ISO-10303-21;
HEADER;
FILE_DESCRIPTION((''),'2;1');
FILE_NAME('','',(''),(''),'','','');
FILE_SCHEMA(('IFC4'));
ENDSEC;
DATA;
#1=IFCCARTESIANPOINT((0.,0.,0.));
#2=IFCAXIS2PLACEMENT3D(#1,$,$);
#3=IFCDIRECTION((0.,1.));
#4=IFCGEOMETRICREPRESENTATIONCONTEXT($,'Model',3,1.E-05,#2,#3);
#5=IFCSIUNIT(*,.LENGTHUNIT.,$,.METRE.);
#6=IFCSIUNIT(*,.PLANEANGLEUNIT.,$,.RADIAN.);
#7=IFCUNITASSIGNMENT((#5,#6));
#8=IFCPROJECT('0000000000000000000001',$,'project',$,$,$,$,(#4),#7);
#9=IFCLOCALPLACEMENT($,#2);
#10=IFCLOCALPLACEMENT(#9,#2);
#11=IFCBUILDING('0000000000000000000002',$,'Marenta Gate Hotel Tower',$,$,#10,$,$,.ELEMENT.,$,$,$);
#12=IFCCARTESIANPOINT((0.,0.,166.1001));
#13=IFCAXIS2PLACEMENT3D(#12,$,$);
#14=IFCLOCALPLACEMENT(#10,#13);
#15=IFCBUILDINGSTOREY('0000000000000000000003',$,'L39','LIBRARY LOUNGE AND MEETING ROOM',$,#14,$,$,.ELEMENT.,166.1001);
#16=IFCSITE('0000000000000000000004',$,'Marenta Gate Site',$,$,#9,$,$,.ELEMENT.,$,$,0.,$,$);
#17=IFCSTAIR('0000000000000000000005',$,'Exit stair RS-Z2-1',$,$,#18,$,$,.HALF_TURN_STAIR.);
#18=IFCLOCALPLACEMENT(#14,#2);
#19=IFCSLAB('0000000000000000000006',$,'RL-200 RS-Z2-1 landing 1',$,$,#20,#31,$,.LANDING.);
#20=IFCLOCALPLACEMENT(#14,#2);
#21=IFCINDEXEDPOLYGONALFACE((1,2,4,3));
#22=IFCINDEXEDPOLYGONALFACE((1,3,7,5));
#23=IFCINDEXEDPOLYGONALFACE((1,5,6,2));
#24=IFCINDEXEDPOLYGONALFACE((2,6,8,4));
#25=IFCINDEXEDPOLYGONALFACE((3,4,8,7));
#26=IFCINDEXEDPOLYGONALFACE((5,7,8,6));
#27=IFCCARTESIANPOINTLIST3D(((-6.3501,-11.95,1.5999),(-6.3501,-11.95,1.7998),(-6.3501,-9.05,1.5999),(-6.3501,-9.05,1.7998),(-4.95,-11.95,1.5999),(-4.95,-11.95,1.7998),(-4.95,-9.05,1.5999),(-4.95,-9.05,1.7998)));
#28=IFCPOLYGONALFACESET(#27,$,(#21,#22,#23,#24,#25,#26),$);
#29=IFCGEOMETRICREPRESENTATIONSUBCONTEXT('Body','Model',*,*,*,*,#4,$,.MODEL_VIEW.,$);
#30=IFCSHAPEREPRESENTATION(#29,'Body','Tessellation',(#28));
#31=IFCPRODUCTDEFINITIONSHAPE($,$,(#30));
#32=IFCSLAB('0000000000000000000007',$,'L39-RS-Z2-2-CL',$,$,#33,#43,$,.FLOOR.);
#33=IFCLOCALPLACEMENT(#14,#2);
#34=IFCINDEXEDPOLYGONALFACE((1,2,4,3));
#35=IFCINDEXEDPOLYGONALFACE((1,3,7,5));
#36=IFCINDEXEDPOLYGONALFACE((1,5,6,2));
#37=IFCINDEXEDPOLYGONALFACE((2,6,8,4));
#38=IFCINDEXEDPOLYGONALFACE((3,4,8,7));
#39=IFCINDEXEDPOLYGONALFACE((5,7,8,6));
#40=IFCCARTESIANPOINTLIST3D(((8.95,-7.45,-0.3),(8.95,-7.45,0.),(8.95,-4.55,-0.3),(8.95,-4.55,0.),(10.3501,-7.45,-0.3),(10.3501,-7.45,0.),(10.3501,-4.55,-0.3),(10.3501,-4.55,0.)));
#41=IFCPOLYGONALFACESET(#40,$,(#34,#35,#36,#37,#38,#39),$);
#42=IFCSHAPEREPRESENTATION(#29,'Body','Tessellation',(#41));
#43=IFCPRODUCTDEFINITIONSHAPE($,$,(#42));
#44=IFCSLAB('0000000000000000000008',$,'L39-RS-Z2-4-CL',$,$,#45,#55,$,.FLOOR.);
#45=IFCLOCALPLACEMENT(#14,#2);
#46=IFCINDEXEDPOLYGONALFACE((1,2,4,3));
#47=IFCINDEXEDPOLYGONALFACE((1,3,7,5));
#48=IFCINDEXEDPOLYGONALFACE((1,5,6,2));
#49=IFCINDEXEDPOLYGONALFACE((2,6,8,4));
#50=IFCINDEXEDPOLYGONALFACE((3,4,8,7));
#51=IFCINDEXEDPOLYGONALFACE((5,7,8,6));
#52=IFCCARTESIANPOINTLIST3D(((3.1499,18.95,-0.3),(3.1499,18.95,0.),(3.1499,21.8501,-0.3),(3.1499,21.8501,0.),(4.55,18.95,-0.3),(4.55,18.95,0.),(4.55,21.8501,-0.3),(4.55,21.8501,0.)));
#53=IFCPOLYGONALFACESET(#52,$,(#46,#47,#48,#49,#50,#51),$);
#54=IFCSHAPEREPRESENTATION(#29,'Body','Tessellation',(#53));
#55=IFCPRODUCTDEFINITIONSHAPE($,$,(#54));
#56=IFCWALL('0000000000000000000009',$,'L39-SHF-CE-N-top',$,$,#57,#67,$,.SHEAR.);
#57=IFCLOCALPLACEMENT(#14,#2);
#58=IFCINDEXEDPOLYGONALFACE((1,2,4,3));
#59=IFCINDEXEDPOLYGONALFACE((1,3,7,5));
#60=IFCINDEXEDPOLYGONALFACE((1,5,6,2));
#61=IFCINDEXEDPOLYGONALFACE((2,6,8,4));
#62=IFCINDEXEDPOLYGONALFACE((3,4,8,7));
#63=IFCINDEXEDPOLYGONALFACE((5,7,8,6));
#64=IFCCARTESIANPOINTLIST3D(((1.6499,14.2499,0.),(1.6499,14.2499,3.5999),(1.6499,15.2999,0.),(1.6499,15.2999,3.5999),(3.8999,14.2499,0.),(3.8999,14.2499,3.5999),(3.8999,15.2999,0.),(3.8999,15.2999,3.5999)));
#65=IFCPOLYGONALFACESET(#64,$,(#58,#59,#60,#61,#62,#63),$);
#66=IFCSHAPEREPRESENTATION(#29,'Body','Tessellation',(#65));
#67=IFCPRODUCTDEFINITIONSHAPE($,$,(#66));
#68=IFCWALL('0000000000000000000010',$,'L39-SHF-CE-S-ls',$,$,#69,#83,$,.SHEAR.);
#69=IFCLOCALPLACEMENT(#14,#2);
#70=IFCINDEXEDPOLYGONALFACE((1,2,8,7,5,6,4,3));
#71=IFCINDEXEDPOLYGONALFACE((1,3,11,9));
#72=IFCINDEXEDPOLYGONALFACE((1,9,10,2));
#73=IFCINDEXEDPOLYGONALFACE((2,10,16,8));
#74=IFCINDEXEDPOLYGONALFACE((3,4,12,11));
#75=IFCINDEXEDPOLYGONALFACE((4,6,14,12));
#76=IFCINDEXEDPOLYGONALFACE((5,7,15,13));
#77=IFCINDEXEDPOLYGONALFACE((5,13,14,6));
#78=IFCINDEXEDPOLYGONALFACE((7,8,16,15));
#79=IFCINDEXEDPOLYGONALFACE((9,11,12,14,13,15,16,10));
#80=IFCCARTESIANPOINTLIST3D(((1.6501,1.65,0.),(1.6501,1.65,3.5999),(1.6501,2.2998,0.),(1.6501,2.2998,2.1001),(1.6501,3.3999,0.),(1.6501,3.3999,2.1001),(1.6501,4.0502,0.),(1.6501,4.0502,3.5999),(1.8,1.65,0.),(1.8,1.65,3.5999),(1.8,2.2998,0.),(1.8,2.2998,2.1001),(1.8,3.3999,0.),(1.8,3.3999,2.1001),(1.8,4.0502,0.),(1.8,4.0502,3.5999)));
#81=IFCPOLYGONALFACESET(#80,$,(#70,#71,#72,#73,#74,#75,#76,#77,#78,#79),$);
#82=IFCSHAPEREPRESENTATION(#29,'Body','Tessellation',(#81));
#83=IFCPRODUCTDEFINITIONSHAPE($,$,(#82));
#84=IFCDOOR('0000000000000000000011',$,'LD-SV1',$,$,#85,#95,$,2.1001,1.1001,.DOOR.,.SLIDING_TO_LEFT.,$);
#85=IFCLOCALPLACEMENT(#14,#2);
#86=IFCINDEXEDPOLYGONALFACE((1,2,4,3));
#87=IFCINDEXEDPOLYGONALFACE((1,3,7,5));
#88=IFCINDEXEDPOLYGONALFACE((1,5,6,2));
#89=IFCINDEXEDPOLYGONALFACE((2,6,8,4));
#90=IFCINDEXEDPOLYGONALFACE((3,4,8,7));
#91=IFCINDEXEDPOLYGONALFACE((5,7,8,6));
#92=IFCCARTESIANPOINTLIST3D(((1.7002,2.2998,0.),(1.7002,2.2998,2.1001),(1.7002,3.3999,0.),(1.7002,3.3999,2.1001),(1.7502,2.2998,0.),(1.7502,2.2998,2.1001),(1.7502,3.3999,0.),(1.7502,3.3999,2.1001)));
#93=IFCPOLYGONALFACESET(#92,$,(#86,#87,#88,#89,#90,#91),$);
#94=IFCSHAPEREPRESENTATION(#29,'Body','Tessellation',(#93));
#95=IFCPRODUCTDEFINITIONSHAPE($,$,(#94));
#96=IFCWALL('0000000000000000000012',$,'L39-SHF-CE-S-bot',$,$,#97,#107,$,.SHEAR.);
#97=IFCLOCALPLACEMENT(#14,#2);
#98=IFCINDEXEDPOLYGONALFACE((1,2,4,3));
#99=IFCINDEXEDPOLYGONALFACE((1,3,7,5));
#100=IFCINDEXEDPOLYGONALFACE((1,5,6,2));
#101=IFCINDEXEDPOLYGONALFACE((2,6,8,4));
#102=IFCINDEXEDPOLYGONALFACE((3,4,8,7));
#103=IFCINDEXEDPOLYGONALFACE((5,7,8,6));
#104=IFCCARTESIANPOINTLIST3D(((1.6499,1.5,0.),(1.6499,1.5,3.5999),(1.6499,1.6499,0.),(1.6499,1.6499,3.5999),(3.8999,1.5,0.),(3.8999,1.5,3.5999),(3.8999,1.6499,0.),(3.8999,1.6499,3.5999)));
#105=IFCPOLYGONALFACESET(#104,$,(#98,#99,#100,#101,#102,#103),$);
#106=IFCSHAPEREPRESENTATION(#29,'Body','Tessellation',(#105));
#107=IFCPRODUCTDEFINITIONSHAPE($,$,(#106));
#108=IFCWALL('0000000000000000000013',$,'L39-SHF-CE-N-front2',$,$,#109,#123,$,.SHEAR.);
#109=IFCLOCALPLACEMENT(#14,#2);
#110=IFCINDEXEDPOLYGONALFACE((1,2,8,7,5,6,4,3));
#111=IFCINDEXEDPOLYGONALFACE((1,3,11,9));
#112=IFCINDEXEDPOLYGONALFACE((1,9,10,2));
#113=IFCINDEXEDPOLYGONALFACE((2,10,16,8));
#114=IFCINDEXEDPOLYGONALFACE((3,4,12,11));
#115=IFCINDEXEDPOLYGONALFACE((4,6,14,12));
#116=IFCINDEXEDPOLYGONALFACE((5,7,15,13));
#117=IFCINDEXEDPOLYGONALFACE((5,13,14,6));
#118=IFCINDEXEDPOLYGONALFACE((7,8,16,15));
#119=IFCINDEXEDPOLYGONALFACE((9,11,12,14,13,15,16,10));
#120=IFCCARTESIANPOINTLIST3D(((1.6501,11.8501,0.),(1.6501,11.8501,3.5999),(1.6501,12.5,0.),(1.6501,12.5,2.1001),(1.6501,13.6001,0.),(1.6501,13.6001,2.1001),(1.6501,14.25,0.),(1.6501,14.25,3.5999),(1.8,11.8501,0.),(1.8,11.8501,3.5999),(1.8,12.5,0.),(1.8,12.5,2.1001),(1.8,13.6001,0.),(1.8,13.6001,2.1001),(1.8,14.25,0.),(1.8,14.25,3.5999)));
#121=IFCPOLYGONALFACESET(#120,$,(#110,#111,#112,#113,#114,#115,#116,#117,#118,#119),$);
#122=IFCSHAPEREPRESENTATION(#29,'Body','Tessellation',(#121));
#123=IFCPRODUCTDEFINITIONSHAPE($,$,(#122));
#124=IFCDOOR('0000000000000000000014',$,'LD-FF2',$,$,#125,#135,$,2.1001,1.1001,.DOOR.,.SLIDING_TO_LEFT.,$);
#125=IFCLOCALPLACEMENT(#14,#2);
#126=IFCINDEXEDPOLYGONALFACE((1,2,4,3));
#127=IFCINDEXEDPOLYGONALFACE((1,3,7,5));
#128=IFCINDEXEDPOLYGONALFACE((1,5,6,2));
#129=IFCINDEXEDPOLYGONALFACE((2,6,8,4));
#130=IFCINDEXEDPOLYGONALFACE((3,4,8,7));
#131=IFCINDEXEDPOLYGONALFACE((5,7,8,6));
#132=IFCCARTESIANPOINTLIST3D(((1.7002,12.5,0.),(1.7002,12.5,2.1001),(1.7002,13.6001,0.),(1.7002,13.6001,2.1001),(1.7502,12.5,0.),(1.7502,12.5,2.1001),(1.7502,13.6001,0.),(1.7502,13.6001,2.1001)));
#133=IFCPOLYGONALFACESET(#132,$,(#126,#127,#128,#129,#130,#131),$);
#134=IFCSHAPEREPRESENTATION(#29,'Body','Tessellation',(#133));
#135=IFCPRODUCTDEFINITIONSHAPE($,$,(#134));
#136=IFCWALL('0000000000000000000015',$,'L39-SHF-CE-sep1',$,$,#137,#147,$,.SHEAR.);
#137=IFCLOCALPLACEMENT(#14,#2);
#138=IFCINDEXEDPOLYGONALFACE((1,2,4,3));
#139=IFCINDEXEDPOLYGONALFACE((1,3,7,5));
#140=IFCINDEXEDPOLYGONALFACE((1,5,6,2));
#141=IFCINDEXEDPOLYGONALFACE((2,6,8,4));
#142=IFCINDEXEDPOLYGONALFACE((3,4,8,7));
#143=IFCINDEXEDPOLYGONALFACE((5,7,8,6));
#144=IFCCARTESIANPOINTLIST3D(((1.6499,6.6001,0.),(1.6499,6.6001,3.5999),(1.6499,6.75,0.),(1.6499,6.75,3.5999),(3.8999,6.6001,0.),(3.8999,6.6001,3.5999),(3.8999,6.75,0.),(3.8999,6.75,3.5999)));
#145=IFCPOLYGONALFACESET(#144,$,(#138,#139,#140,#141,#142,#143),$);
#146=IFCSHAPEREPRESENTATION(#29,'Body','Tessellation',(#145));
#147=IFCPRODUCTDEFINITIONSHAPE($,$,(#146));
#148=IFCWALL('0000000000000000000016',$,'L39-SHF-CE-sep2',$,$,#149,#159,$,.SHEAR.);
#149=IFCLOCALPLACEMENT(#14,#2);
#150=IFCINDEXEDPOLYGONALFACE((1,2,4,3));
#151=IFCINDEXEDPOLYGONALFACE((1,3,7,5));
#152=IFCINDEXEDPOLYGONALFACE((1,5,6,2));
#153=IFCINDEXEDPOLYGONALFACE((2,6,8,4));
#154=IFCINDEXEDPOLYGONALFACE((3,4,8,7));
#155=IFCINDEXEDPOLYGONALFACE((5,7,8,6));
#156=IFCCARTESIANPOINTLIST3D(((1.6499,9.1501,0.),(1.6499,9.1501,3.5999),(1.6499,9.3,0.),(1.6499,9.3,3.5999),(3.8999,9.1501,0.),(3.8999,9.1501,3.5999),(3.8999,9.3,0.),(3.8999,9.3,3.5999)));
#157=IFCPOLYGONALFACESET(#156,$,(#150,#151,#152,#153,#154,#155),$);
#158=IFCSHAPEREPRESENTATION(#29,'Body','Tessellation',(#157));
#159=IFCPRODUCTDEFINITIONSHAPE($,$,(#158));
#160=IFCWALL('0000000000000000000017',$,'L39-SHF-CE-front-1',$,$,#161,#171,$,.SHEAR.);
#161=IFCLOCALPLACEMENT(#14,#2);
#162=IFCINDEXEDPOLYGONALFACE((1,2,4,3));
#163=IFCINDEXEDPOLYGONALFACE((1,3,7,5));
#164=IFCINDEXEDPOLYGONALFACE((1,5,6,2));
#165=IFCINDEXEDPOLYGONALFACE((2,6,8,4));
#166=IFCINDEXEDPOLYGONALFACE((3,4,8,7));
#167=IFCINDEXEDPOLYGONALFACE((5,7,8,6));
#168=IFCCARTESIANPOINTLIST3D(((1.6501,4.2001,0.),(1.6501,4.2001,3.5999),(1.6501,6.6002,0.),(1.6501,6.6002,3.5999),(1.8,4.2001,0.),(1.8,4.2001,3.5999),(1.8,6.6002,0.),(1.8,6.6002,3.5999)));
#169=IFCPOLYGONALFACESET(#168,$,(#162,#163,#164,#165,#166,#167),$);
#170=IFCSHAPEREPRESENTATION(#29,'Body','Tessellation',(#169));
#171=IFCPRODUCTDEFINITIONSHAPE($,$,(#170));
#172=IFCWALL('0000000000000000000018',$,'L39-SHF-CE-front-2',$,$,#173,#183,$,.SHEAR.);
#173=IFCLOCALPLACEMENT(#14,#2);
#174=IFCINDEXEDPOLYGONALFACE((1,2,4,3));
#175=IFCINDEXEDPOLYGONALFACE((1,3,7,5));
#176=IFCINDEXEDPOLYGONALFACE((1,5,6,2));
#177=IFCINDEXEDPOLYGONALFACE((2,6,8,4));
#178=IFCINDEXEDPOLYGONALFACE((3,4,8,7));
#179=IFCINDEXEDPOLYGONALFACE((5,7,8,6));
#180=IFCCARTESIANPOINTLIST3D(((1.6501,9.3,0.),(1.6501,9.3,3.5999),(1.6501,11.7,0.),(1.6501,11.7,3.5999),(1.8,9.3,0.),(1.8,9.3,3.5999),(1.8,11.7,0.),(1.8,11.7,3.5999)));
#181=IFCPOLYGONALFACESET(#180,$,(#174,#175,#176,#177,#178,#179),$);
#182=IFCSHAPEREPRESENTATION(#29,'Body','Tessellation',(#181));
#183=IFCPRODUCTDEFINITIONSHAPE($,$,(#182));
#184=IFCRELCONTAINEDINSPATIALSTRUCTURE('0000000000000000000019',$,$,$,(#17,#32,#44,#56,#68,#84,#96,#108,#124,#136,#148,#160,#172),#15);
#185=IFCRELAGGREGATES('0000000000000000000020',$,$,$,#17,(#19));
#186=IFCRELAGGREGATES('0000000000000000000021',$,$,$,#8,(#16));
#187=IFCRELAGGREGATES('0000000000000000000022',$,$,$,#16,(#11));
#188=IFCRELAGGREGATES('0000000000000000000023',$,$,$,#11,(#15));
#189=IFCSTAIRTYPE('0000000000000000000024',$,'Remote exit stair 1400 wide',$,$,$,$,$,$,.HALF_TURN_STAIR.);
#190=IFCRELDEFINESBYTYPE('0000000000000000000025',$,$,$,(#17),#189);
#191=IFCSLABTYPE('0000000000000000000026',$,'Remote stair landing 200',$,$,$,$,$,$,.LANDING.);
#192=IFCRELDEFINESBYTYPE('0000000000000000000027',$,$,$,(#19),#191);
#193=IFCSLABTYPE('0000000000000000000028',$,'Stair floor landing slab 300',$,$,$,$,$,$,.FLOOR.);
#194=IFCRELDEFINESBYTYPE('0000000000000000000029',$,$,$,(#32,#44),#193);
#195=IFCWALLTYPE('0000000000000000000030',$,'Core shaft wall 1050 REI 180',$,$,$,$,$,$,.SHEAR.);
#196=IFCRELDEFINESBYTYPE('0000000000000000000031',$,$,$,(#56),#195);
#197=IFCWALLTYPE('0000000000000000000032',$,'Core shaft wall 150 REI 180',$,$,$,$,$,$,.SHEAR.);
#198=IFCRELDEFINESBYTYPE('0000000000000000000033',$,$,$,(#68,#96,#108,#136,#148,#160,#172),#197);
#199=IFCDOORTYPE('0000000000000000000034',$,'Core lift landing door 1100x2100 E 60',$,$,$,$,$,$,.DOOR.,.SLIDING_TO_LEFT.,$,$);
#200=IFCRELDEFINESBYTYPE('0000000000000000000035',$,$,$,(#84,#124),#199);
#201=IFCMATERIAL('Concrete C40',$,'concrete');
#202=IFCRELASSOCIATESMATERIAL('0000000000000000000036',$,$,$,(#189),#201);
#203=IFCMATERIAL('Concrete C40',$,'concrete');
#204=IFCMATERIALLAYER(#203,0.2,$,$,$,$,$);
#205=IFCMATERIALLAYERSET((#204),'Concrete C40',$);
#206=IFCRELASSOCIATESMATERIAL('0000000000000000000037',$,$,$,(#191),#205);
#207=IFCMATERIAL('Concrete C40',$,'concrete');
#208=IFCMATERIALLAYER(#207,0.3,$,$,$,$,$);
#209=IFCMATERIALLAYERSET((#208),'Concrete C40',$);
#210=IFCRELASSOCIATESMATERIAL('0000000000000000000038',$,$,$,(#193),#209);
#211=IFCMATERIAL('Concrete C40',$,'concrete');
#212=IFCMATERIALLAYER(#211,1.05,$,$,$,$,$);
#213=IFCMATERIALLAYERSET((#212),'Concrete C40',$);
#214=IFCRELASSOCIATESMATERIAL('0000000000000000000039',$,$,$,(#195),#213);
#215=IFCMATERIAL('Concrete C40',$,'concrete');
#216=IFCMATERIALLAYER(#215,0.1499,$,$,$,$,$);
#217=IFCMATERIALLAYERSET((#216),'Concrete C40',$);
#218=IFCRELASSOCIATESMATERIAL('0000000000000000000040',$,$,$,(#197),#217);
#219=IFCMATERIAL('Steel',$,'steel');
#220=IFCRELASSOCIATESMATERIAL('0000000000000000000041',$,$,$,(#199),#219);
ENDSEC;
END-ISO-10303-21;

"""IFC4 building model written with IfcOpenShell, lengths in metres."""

from ifc_helpers import new_model, si_unit, direction, frame, frame_2d, origin, place, context, subcontext, project, spatial, polyline, rectangle, outline, extrude, material, layer, layer_set, type_object, element, fill, aggregate, save


model = new_model("IFC4")

# Units and contexts
model_context = context("Model", 3, precision=1e-05, world=origin(), true_north=direction((0.0, 1.0)))
body_context = subcontext(model_context, "Body", "Model", "MODEL_VIEW")
ifc_project = project(units=[si_unit("LENGTHUNIT", "METRE"), si_unit("PLANEANGLEUNIT", "RADIAN")], contexts=[model_context])

# Site, building, storey
site_placement = place(None, origin())
site = spatial("IfcSite", under=ifc_project, at=site_placement, Name="Marenta Gate Site", CompositionType="ELEMENT", RefElevation=0.0)
building_placement = place(site_placement, origin())
building = spatial("IfcBuilding", under=site, at=building_placement, Name="Marenta Gate Hotel Tower", CompositionType="ELEMENT")
storey_placement = place(building_placement, frame((0.0, 0.0, 166.1001)))
storey = spatial("IfcBuildingStorey", under=building, at=storey_placement, Name="L39", Description="LIBRARY LOUNGE AND MEETING ROOM", CompositionType="ELEMENT", Elevation=166.1001)

# Stair, slab
ifc_material_1 = material(Name="Concrete C40", Category="concrete")
stair_type_1 = type_object("IfcStairType", Name="Remote exit stair 1400 wide", PredefinedType="HALF_TURN_STAIR", material=ifc_material_1)
stair_1_placement = place(storey_placement, origin())
stair_1 = element("IfcStair", 1, at=stair_1_placement, inside=storey, type_object=stair_type_1, Name="Exit stair RS-Z2-1", PredefinedType="HALF_TURN_STAIR")
ifc_material_2 = material(Name="Concrete C40", Category="concrete")
ifc_layer_1 = layer(ifc_material_2, 0.2)
ifc_layer_set_1 = layer_set([ifc_layer_1], Name="Concrete C40")
slab_type_1 = type_object("IfcSlabType", Name="Remote stair landing 200", PredefinedType="LANDING", material=ifc_layer_set_1)
slab_1_placement = place(storey_placement, frame((0.0, 0.0, 1.5999)))
slab_1 = element("IfcSlab", 2, at=slab_1_placement, type_object=slab_type_1, Name="RL-200 RS-Z2-1 landing 1", PredefinedType="LANDING", context=body_context, shape_type="SweptSolid", body=[
    extrude(outline(polyline([(-6.3501, -11.95), (-4.95, -11.95), (-4.95, -9.05), (-6.3501, -9.05), (-6.3501, -11.95)])), origin(), (0.0, 0.0, 1.0), 0.2),
])
aggregate(stair_1, [slab_1])

# Slabs
ifc_material_3 = material(Name="Concrete C40", Category="concrete")
ifc_layer_2 = layer(ifc_material_3, 0.3)
ifc_layer_set_2 = layer_set([ifc_layer_2], Name="Concrete C40")
slab_type_2 = type_object("IfcSlabType", Name="Stair floor landing slab 300", PredefinedType="FLOOR", material=ifc_layer_set_2)
slab_2_placement = place(storey_placement, frame((0.0, 0.0, -0.3)))
element("IfcSlab", 3, at=slab_2_placement, inside=storey, type_object=slab_type_2, Name="L39-RS-Z2-2-CL", PredefinedType="FLOOR", context=body_context, shape_type="SweptSolid", body=[
    extrude(outline(polyline([(10.3501, -7.45), (10.3501, -4.55), (8.95, -4.55), (8.95, -7.45), (10.3501, -7.45)])), origin(), (0.0, 0.0, 1.0), 0.3),
])
slab_3_placement = place(storey_placement, frame((0.0, 0.0, -0.3)))
element("IfcSlab", 4, at=slab_3_placement, inside=storey, type_object=slab_type_2, Name="L39-RS-Z2-4-CL", PredefinedType="FLOOR", context=body_context, shape_type="SweptSolid", body=[
    extrude(outline(polyline([(4.55, 18.95), (4.55, 21.8501), (3.1499, 21.8501), (3.1499, 18.95), (4.55, 18.95)])), origin(), (0.0, 0.0, 1.0), 0.3),
])

# Wall
ifc_material_4 = material(Name="Concrete C40", Category="concrete")
ifc_layer_3 = layer(ifc_material_4, 1.05)
ifc_layer_set_3 = layer_set([ifc_layer_3], Name="Concrete C40")
wall_type_1 = type_object("IfcWallType", Name="Core shaft wall 1050 REI 180", PredefinedType="SHEAR", material=ifc_layer_set_3)
wall_1_placement = place(storey_placement, frame((1.6499, 14.7749, 0.0), z_axis=(0.0, 0.0, 1.0), x_axis=(1.0, 0.0, 0.0)))
element("IfcWall", 5, at=wall_1_placement, inside=storey, type_object=wall_type_1, Name="L39-SHF-CE-N-top", PredefinedType="SHEAR", context=body_context, shape_type="SweptSolid", body=[
    extrude(rectangle(XDim=2.25, YDim=1.05, at=frame_2d((1.125, 0.0))), origin(), (0.0, 0.0, 1.0), 3.5999),
])

# Wall, opening, door
ifc_material_5 = material(Name="Concrete C40", Category="concrete")
ifc_layer_4 = layer(ifc_material_5, 0.1499)
ifc_layer_set_4 = layer_set([ifc_layer_4], Name="Concrete C40")
wall_type_2 = type_object("IfcWallType", Name="Core shaft wall 150 REI 180", PredefinedType="SHEAR", material=ifc_layer_set_4)
wall_2_placement = place(storey_placement, frame((1.7251, 1.6499, 0.0), z_axis=(0.0, 0.0, 1.0), x_axis=(0.0, 1.0, 0.0)))
wall_2 = element("IfcWall", 6, at=wall_2_placement, inside=storey, type_object=wall_type_2, Name="L39-SHF-CE-S-ls", PredefinedType="SHEAR", context=body_context, shape_type="SweptSolid", body=[
    extrude(rectangle(XDim=2.4001, YDim=0.1499, at=frame_2d((1.2002, 0.0))), origin(), (0.0, 0.0, 1.0), 3.5999),
])
opening_1_placement = place(wall_2_placement, frame((0.6499, 0.0, 0.0)))
opening_1 = element("IfcOpeningElement", 7, at=opening_1_placement, cuts=wall_2, PredefinedType="OPENING", context=body_context, shape_type="SweptSolid", body=[
    extrude(rectangle(XDim=1.1001, YDim=2.1001, at=frame_2d((0.55, 1.05))), frame((0.0, 0.075, 0.0), z_axis=(0.0, -1.0, 0.0), x_axis=(1.0, 0.0, 0.0)), (0.0, 0.0, 1.0), 0.1499),
])
ifc_material_6 = material(Name="Steel", Category="steel")
door_type_1 = type_object("IfcDoorType", Name="Core lift landing door 1100x2100 E 60", OperationType="SLIDING_TO_LEFT", PredefinedType="DOOR", material=ifc_material_6)
door_1_placement = place(opening_1_placement, origin())
door_1 = element("IfcDoor", 8, at=door_1_placement, inside=storey, type_object=door_type_1, Name="LD-SV1", OperationType="SLIDING_TO_LEFT", OverallHeight=2.1001, OverallWidth=1.1001, PredefinedType="DOOR", context=body_context, shape_type="SweptSolid", body=[
    extrude(rectangle(XDim=1.1001, YDim=2.1001, at=frame_2d((0.55, 1.05))), frame((0.0, 0.0249, 0.0), z_axis=(0.0, -1.0, 0.0), x_axis=(1.0, 0.0, 0.0)), (0.0, 0.0, 1.0), 0.05),
])
fill(opening_1, door_1)

# Wall
wall_3_placement = place(storey_placement, frame((1.6499, 1.575, 0.0), z_axis=(0.0, 0.0, 1.0), x_axis=(1.0, 0.0, 0.0)))
element("IfcWall", 9, at=wall_3_placement, inside=storey, type_object=wall_type_2, Name="L39-SHF-CE-S-bot", PredefinedType="SHEAR", context=body_context, shape_type="SweptSolid", body=[
    extrude(rectangle(XDim=2.25, YDim=0.1499, at=frame_2d((1.125, 0.0))), origin(), (0.0, 0.0, 1.0), 3.5999),
])

# Wall, opening, door
wall_4_placement = place(storey_placement, frame((1.7251, 11.8501, 0.0), z_axis=(0.0, 0.0, 1.0), x_axis=(0.0, 1.0, 0.0)))
wall_4 = element("IfcWall", 10, at=wall_4_placement, inside=storey, type_object=wall_type_2, Name="L39-SHF-CE-N-front2", PredefinedType="SHEAR", context=body_context, shape_type="SweptSolid", body=[
    extrude(rectangle(XDim=2.3999, YDim=0.1499, at=frame_2d((1.2, 0.0))), origin(), (0.0, 0.0, 1.0), 3.5999),
])
opening_2_placement = place(wall_4_placement, frame((0.6499, 0.0, 0.0)))
opening_2 = element("IfcOpeningElement", 11, at=opening_2_placement, cuts=wall_4, PredefinedType="OPENING", context=body_context, shape_type="SweptSolid", body=[
    extrude(rectangle(XDim=1.1001, YDim=2.1001, at=frame_2d((0.55, 1.05))), frame((0.0, 0.075, 0.0), z_axis=(0.0, -1.0, 0.0), x_axis=(1.0, 0.0, 0.0)), (0.0, 0.0, 1.0), 0.1499),
])
door_2_placement = place(opening_2_placement, origin())
door_2 = element("IfcDoor", 12, at=door_2_placement, inside=storey, type_object=door_type_1, Name="LD-FF2", OperationType="SLIDING_TO_LEFT", OverallHeight=2.1001, OverallWidth=1.1001, PredefinedType="DOOR", context=body_context, shape_type="SweptSolid", body=[
    extrude(rectangle(XDim=1.1001, YDim=2.1001, at=frame_2d((0.55, 1.05))), frame((0.0, 0.0249, 0.0), z_axis=(0.0, -1.0, 0.0), x_axis=(1.0, 0.0, 0.0)), (0.0, 0.0, 1.0), 0.05),
])
fill(opening_2, door_2)

# Walls
for number, where, z_axis, x_axis, name in (
    (13, (1.6499, 6.675, 0.0), (0.0, 0.0, 1.0), (1.0, 0.0, 0.0), "L39-SHF-CE-sep1"),
    (14, (1.6499, 9.2251, 0.0), (0.0, 0.0, 1.0), (1.0, 0.0, 0.0), "L39-SHF-CE-sep2"),
):
    element("IfcWall", number, at=place(storey_placement, frame(where, z_axis=z_axis, x_axis=x_axis)), inside=storey, type_object=wall_type_2, Name=name, PredefinedType="SHEAR", context=body_context, shape_type="SweptSolid", body=[
        extrude(rectangle(XDim=2.25, YDim=0.1499, at=frame_2d((1.125, 0.0))), origin(), (0.0, 0.0, 1.0), 3.5999),
    ])
wall_5_placement = place(storey_placement, frame((1.7251, 4.2, 0.0), z_axis=(0.0, 0.0, 1.0), x_axis=(0.0, 1.0, 0.0)))
element("IfcWall", 15, at=wall_5_placement, inside=storey, type_object=wall_type_2, Name="L39-SHF-CE-front-1", PredefinedType="SHEAR", context=body_context, shape_type="SweptSolid", body=[
    extrude(rectangle(XDim=2.4001, YDim=0.1499, at=frame_2d((1.2002, 0.0))), origin(), (0.0, 0.0, 1.0), 3.5999),
])
wall_6_placement = place(storey_placement, frame((1.7251, 9.3, 0.0), z_axis=(0.0, 0.0, 1.0), x_axis=(0.0, 1.0, 0.0)))
element("IfcWall", 16, at=wall_6_placement, inside=storey, type_object=wall_type_2, Name="L39-SHF-CE-front-2", PredefinedType="SHEAR", context=body_context, shape_type="SweptSolid", body=[
    extrude(rectangle(XDim=2.3999, YDim=0.1499, at=frame_2d((1.2, 0.0))), origin(), (0.0, 0.0, 1.0), 3.5999),
])

save(model, "model.ifc")
